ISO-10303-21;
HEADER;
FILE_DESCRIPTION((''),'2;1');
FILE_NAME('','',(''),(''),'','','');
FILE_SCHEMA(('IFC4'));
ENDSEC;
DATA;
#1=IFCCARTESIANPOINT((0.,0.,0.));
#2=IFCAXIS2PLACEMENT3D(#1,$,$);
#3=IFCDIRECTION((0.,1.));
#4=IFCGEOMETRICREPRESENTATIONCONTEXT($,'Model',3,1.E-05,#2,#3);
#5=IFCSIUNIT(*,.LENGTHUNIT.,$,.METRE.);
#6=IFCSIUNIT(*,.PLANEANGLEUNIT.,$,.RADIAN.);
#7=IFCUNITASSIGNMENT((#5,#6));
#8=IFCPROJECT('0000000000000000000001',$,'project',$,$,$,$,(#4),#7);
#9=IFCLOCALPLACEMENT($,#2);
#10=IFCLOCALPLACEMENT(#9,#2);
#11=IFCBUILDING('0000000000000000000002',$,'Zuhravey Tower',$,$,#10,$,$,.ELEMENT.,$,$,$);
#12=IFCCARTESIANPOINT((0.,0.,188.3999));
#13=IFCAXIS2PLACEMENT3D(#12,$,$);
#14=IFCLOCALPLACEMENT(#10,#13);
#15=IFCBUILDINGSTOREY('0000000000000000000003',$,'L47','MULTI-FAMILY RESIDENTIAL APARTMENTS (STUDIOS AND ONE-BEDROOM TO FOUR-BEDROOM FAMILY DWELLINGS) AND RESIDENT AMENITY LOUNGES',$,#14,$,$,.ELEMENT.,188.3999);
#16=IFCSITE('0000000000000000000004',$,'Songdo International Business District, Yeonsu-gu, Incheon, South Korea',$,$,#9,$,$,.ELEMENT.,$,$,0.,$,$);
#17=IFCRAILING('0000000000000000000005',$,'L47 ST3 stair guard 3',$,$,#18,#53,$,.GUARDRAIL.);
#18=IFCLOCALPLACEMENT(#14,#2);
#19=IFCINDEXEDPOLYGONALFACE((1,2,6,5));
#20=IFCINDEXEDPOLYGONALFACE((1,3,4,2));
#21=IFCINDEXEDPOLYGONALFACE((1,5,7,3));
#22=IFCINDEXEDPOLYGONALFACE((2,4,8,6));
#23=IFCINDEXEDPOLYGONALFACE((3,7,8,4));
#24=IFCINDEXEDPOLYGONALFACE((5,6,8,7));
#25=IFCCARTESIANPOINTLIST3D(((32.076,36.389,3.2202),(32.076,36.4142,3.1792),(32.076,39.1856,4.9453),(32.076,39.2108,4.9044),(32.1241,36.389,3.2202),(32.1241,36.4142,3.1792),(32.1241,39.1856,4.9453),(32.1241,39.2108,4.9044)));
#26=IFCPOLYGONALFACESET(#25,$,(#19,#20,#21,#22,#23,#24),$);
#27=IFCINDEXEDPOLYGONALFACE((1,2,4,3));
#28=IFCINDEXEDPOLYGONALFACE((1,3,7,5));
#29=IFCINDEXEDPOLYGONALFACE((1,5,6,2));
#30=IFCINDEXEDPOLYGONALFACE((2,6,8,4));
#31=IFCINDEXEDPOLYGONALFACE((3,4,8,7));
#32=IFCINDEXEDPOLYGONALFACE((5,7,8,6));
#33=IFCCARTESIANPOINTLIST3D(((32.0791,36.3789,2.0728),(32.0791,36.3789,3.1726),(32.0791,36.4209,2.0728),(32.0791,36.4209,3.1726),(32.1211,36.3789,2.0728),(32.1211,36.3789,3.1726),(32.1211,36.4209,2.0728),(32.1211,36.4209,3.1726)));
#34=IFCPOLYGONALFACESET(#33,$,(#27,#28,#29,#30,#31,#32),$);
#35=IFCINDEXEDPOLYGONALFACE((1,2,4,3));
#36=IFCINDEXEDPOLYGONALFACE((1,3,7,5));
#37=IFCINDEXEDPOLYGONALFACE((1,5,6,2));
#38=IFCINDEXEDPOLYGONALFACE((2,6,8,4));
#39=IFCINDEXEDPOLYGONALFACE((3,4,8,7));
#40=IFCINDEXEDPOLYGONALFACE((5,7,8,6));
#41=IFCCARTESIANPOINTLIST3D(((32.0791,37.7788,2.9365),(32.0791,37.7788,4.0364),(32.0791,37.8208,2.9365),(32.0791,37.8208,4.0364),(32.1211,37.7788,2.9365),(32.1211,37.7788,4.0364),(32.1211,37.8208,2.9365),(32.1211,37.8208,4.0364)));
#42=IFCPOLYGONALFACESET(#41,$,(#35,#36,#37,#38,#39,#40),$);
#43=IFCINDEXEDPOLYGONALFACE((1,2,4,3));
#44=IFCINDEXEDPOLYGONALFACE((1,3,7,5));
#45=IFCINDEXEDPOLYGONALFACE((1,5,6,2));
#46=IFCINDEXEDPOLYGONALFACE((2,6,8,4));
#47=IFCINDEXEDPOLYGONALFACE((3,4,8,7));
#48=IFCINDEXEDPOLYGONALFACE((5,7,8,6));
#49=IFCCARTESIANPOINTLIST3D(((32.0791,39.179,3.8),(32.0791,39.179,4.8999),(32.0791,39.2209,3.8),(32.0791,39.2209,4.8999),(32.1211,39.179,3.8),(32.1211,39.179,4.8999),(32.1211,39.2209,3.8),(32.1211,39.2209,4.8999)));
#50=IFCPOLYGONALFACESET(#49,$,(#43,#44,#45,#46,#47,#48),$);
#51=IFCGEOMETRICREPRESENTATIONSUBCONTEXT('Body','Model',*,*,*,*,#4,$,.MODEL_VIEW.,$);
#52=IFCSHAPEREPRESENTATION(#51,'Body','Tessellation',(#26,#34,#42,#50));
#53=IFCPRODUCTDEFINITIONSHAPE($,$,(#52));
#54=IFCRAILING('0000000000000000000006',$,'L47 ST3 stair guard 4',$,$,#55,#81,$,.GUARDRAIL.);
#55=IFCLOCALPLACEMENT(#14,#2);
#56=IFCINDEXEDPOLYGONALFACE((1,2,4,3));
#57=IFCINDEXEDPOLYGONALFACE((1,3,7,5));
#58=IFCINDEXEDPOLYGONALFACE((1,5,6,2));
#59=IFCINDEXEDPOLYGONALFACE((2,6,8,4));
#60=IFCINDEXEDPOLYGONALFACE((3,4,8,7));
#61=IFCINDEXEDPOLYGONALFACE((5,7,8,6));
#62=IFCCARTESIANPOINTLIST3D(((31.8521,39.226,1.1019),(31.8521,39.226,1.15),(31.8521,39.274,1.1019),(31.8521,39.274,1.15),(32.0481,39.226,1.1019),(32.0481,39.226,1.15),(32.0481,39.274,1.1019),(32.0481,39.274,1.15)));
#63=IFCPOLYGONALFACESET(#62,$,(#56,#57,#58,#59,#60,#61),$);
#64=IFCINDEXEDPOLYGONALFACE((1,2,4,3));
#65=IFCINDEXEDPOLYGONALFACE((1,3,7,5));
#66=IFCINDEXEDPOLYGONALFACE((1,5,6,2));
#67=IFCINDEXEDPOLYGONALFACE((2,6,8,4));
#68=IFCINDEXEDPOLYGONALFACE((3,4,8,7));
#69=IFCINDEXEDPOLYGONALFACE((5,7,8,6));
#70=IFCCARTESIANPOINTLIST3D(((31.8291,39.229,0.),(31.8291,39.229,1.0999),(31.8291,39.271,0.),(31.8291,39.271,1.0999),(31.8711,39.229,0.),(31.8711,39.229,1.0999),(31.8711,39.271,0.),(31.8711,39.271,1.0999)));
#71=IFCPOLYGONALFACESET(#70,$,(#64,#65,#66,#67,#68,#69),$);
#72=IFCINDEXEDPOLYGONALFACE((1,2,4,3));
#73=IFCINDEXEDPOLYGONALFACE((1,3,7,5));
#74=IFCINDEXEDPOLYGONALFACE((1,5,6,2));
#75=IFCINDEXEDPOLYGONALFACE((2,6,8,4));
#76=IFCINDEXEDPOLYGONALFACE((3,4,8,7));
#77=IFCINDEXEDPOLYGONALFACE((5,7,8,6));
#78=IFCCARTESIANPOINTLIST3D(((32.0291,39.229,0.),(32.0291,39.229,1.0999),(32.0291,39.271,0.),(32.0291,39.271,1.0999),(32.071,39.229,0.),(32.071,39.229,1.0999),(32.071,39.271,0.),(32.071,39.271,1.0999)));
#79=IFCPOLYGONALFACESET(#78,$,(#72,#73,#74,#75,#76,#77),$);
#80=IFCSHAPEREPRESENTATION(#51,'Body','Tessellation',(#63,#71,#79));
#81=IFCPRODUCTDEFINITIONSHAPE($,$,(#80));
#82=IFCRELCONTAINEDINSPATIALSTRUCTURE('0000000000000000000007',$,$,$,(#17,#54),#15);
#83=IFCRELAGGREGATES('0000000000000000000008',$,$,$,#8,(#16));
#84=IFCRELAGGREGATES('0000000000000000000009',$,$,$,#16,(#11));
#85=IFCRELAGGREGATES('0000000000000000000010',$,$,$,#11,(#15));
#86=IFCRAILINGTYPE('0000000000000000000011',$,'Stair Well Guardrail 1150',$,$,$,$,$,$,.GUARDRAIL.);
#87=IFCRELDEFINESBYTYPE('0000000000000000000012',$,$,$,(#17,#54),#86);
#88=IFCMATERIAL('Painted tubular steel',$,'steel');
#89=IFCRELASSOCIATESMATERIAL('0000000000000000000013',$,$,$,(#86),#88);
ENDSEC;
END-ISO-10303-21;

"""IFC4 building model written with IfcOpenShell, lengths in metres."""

from ifc_helpers import new_model, si_unit, direction, frame, origin, origin_2d, place, context, subcontext, project, spatial, rectangle, extrude, material, type_object, element, save


model = new_model("IFC4")

# Units and contexts
model_context = context("Model", 3, precision=1e-05, world=origin(), true_north=direction((0.0, 1.0)))
body_context = subcontext(model_context, "Body", "Model", "MODEL_VIEW")
ifc_project = project(units=[si_unit("LENGTHUNIT", "METRE"), si_unit("PLANEANGLEUNIT", "RADIAN")], contexts=[model_context])

# Site, building, storey
site_placement = place(None, origin())
site = spatial("IfcSite", under=ifc_project, at=site_placement, Name="Songdo International Business District, Yeonsu-gu, Incheon, South Korea", CompositionType="ELEMENT", RefElevation=0.0)
building_placement = place(site_placement, origin())
building = spatial("IfcBuilding", under=site, at=building_placement, Name="Zuhravey Tower", CompositionType="ELEMENT")
storey_placement = place(building_placement, frame((0.0, 0.0, 188.3999)))
storey = spatial("IfcBuildingStorey", under=building, at=storey_placement, Name="L47", Description="MULTI-FAMILY RESIDENTIAL APARTMENTS (STUDIOS AND ONE-BEDROOM TO FOUR-BEDROOM FAMILY DWELLINGS) AND RESIDENT AMENITY LOUNGES", CompositionType="ELEMENT", Elevation=188.3999)

# Railings
ifc_material_1 = material(Name="Painted tubular steel", Category="steel")
railing_type_1 = type_object("IfcRailingType", Name="Stair Well Guardrail 1150", PredefinedType="GUARDRAIL", material=ifc_material_1)
railing_1_placement = place(storey_placement, frame((32.1001, 36.3999, 2.0728)))
element("IfcRailing", 1, at=railing_1_placement, inside=storey, type_object=railing_type_1, Name="L47 ST3 stair guard 3", PredefinedType="GUARDRAIL", context=body_context, shape_type="SweptSolid", body=[
    extrude(rectangle(XDim=0.0481, YDim=0.0481, at=origin_2d()), frame((0.0, 0.0017, 1.127), z_axis=(0.0, 0.85109, 0.52502), x_axis=(-1.0, 0.0, 0.0)), (0.0, 0.0, 1.0), 3.2859),
    extrude(rectangle(XDim=0.042, YDim=0.042, at=origin_2d()), origin(), (0.0, 0.0, 1.0), 1.0999),
    extrude(rectangle(XDim=0.042, YDim=0.042, at=origin_2d()), frame((0.0, 1.3999, 0.8638)), (0.0, 0.0, 1.0), 1.0999),
    extrude(rectangle(XDim=0.042, YDim=0.042, at=origin_2d()), frame((0.0, 2.8, 1.7273)), (0.0, 0.0, 1.0), 1.0999),
])
railing_2_placement = place(storey_placement, frame((31.8501, 39.25, 0.0)))
element("IfcRailing", 2, at=railing_2_placement, inside=storey, type_object=railing_type_1, Name="L47 ST3 stair guard 4", PredefinedType="GUARDRAIL", context=body_context, shape_type="SweptSolid", body=[
    extrude(rectangle(XDim=0.0481, YDim=0.0481, at=origin_2d()), frame((0.002, 0.0, 1.126), z_axis=(1.0, 0.0, 0.0), x_axis=(0.0, 1.0, 0.0)), (0.0, 0.0, 1.0), 0.196),
    extrude(rectangle(XDim=0.042, YDim=0.042, at=origin_2d()), origin(), (0.0, 0.0, 1.0), 1.0999),
    extrude(rectangle(XDim=0.042, YDim=0.042, at=origin_2d()), frame((0.2, 0.0, 0.0)), (0.0, 0.0, 1.0), 1.0999),
])

save(model, "model.ifc")
